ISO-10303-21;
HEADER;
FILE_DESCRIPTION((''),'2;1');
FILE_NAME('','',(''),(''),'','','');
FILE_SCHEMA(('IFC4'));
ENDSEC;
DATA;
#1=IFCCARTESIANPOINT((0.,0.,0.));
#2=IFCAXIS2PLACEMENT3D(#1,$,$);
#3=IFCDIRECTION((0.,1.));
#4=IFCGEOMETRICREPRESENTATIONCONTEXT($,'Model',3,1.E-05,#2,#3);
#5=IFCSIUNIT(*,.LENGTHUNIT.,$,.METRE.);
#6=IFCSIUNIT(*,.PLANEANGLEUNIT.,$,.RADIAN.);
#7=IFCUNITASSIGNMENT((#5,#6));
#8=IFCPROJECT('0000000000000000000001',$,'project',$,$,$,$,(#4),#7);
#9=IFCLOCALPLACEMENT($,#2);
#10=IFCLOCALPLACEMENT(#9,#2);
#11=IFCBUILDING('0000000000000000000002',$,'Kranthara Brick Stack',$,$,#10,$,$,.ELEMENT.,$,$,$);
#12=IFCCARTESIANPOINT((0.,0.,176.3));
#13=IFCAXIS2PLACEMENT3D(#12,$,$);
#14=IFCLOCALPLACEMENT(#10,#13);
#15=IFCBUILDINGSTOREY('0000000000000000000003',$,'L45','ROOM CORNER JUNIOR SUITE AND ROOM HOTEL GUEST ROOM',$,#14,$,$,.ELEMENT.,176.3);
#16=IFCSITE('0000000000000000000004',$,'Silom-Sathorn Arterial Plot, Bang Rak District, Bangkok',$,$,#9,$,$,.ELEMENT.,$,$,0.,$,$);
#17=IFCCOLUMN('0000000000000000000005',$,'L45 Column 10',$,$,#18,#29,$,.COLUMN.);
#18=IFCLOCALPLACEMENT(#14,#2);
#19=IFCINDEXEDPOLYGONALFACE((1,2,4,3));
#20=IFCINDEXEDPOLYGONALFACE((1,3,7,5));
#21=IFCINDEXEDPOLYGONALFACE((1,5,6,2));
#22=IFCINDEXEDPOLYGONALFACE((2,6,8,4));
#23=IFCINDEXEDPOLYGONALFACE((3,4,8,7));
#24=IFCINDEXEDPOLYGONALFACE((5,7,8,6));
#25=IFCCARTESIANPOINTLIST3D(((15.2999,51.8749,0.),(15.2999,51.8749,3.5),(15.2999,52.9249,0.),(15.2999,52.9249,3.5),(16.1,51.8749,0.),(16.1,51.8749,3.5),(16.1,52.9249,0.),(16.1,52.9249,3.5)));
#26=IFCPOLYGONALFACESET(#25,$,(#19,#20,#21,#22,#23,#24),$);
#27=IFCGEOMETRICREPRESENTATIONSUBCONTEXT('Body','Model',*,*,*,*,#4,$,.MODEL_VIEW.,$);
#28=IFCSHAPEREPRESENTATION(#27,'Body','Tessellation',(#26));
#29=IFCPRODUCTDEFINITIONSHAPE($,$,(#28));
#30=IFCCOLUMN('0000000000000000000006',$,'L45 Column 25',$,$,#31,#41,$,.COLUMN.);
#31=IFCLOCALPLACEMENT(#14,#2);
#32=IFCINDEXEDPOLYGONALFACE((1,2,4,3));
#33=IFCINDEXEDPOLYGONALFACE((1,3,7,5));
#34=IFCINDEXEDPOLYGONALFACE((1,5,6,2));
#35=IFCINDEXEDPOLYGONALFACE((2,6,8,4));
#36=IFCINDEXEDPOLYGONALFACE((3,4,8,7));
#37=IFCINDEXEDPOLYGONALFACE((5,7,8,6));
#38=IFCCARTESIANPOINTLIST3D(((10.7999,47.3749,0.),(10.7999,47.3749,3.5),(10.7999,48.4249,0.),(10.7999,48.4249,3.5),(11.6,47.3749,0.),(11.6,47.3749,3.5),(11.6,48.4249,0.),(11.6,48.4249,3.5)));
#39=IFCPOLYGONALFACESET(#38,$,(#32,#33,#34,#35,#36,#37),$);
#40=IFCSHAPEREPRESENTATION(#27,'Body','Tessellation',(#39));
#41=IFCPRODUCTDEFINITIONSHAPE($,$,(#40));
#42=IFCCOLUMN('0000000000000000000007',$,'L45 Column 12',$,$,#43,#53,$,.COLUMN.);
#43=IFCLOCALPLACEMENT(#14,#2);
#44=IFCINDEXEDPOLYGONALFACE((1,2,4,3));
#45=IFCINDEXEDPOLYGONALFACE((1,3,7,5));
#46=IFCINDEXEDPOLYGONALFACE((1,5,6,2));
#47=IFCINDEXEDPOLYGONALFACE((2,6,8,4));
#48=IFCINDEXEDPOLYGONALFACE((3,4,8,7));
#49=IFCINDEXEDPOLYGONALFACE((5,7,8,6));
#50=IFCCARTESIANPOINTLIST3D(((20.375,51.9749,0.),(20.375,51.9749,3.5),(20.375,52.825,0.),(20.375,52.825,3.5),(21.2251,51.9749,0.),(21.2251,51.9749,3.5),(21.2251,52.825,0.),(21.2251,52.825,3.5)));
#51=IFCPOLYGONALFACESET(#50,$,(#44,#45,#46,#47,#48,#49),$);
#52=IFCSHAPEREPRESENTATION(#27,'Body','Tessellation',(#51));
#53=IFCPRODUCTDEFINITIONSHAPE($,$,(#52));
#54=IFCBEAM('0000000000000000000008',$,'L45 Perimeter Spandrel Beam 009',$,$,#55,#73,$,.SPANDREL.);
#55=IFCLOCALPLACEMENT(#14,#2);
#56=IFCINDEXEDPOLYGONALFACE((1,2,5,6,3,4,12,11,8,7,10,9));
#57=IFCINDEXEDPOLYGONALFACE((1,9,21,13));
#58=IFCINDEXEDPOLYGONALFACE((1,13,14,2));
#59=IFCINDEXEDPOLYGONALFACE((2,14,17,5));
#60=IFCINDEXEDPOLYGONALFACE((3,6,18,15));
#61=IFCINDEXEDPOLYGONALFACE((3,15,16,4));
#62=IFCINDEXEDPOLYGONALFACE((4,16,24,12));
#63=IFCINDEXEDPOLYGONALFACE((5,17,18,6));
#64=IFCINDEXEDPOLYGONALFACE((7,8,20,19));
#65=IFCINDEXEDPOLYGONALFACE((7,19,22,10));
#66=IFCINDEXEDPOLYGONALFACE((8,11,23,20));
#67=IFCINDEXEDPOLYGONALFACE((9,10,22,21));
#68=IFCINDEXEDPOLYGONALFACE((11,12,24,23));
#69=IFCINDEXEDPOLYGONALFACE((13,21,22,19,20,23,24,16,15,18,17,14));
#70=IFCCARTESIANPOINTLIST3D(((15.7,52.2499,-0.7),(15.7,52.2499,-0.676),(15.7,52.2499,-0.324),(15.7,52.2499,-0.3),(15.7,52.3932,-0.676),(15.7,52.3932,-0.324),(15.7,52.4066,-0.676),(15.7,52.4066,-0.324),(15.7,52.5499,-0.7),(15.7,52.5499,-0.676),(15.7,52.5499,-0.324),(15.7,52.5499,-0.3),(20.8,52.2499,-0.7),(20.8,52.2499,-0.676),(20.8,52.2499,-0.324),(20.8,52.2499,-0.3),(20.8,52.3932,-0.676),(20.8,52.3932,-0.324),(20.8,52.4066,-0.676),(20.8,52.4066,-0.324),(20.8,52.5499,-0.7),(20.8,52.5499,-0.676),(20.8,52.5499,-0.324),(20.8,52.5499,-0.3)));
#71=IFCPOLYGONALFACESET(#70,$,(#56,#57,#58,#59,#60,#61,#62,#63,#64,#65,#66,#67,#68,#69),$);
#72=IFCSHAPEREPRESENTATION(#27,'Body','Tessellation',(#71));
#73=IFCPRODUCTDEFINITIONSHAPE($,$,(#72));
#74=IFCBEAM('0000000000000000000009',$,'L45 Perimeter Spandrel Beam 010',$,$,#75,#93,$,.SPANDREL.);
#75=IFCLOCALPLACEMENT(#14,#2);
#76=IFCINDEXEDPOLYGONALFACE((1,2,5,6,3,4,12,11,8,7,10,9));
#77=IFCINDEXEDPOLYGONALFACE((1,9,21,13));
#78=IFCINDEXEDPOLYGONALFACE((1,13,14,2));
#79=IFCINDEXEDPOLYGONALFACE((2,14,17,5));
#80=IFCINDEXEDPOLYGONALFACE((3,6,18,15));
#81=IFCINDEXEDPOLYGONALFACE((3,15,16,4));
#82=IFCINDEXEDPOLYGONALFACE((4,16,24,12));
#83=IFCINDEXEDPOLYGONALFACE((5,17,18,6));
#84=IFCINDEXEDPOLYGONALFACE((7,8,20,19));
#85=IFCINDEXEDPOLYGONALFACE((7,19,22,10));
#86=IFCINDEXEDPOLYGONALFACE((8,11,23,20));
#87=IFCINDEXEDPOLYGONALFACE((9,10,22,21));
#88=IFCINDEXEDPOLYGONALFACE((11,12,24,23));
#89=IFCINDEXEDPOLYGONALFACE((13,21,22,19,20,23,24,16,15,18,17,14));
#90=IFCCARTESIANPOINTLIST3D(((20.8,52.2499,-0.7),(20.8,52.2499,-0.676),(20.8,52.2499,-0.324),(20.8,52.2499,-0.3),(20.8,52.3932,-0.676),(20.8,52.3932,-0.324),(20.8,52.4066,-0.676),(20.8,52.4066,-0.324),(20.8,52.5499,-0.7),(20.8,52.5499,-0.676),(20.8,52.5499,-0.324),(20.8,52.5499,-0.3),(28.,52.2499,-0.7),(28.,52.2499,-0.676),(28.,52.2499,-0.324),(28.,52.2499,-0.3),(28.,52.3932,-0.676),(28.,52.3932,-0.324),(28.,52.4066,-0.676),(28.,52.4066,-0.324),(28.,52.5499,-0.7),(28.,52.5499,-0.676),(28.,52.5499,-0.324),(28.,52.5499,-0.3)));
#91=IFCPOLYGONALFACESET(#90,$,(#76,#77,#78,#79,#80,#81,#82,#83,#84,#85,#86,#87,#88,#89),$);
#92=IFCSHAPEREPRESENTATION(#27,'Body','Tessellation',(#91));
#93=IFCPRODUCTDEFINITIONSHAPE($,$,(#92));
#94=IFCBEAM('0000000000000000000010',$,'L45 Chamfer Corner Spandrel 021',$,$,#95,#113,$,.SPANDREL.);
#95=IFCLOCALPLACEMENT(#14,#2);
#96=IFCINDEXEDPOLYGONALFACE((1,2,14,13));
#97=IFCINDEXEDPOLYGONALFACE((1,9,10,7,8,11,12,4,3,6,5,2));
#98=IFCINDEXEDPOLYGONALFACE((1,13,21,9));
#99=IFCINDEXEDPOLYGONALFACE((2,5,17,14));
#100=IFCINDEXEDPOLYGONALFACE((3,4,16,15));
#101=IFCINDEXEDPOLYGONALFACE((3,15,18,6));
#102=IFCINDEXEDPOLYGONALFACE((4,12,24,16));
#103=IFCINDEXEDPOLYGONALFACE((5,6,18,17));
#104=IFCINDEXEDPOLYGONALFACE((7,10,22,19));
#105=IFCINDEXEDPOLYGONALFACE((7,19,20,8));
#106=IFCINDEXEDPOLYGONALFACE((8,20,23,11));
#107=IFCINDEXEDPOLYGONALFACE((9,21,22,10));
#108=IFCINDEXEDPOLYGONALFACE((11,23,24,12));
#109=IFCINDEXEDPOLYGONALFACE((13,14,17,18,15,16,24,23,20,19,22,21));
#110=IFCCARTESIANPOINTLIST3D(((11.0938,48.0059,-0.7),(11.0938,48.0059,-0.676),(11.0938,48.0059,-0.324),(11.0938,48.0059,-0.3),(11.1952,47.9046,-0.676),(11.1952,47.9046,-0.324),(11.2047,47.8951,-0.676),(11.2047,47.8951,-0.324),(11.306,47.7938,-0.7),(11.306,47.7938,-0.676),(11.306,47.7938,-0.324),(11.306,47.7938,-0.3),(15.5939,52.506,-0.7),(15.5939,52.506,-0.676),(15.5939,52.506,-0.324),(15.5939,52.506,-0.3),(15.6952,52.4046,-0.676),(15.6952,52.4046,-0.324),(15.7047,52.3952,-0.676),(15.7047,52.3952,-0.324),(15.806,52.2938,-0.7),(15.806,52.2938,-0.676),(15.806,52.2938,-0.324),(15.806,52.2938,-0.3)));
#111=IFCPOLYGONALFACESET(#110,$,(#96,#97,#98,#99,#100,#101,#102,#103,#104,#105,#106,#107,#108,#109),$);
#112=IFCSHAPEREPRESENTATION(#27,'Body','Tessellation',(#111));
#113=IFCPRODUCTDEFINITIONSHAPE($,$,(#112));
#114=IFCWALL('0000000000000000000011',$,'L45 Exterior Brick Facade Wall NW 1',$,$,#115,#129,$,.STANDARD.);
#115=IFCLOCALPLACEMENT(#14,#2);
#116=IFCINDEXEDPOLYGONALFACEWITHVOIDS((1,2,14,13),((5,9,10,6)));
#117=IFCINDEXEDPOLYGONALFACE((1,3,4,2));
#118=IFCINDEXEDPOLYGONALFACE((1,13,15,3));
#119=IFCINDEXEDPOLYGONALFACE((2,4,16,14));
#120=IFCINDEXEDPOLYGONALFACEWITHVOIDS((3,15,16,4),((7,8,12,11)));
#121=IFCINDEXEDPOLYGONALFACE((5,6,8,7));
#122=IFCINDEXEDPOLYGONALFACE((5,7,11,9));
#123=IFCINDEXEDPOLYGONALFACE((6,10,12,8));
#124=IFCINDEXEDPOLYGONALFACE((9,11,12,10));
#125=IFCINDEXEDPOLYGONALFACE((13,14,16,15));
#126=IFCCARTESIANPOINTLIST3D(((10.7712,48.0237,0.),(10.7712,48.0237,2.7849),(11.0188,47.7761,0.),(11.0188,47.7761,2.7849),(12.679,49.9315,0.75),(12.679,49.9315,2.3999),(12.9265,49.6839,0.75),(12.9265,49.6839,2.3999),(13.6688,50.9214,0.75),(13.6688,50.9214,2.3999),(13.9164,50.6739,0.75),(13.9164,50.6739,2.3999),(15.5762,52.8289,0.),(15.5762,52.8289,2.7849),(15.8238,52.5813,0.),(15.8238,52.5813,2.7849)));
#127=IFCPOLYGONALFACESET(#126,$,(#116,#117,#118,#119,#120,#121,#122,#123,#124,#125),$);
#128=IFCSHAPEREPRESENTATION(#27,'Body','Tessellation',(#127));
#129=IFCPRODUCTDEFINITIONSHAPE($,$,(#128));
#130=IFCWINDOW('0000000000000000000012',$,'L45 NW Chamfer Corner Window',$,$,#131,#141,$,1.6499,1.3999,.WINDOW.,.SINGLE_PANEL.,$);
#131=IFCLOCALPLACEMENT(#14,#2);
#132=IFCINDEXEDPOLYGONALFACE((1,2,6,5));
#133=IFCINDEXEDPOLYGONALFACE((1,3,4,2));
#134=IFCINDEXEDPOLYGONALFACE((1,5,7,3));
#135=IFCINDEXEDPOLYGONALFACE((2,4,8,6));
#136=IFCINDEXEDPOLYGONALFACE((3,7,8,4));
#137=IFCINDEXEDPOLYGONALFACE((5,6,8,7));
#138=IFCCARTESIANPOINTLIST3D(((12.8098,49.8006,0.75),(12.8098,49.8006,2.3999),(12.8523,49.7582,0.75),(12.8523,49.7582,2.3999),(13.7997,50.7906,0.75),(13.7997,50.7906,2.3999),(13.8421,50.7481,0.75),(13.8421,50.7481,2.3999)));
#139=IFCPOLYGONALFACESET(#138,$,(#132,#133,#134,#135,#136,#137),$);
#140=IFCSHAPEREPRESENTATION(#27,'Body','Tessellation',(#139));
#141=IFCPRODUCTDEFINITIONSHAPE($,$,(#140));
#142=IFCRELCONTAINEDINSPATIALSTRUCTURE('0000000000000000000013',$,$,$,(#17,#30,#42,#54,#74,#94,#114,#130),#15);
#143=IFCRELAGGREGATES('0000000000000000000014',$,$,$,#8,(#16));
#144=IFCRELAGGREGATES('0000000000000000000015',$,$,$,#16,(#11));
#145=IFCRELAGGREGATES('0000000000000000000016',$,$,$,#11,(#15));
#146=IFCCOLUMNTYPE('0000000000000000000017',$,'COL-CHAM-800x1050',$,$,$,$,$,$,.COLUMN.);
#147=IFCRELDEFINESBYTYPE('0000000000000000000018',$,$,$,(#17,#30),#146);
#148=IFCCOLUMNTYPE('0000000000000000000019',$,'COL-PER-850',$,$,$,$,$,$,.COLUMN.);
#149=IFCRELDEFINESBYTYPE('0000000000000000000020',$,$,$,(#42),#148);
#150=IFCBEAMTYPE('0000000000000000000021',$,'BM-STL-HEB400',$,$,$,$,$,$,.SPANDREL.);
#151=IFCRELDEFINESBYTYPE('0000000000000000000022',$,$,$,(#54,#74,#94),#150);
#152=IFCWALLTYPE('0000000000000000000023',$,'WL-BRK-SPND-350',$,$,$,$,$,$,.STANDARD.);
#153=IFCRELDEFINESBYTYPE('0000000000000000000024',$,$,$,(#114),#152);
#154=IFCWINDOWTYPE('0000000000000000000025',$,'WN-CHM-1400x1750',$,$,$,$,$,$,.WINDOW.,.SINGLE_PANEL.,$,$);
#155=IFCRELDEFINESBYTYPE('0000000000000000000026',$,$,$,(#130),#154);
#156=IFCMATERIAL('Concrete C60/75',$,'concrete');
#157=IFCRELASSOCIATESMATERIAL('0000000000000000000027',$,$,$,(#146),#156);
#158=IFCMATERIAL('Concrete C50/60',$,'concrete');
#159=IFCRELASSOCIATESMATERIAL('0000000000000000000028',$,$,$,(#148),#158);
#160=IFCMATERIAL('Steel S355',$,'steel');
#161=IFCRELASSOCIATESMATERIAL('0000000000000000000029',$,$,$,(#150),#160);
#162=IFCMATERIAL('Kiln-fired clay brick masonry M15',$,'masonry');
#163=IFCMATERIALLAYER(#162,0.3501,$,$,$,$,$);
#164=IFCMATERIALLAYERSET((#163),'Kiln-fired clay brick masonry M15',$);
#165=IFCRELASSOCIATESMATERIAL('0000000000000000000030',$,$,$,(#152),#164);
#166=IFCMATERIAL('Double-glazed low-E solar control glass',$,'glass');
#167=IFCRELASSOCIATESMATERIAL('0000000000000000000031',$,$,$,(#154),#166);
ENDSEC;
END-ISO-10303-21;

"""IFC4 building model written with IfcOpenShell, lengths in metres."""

from ifc_helpers import new_model, si_unit, direction, frame, frame_2d, origin, origin_2d, place, context, subcontext, project, spatial, rectangle, i_section, extrude, material, layer, layer_set, material_profile, profile_set, type_object, element, fill, save


model = new_model("IFC4")

# Units and contexts
model_context = context("Model", 3, precision=1e-05, world=origin(), true_north=direction((0.0, 1.0)))
body_context = subcontext(model_context, "Body", "Model", "MODEL_VIEW")
ifc_project = project(units=[si_unit("LENGTHUNIT", "METRE"), si_unit("PLANEANGLEUNIT", "RADIAN")], contexts=[model_context])

# Site, building, storey
site_placement = place(None, origin())
site = spatial("IfcSite", under=ifc_project, at=site_placement, Name="Silom-Sathorn Arterial Plot, Bang Rak District, Bangkok", CompositionType="ELEMENT", RefElevation=0.0)
building_placement = place(site_placement, origin())
building = spatial("IfcBuilding", under=site, at=building_placement, Name="Kranthara Brick Stack", CompositionType="ELEMENT")
storey_placement = place(building_placement, frame((0.0, 0.0, 176.3)))
storey = spatial("IfcBuildingStorey", under=building, at=storey_placement, Name="L45", Description="ROOM CORNER JUNIOR SUITE AND ROOM HOTEL GUEST ROOM", CompositionType="ELEMENT", Elevation=176.3)

# Columns
ifc_material_1 = material(Name="Concrete C60/75", Category="concrete")
ifc_material_profile_1 = material_profile(ifc_material_1, rectangle(XDim=0.8, YDim=1.05, at=origin_2d()), Name="RC 800x1050")
ifc_profile_set_1 = profile_set([ifc_material_profile_1], Name="Concrete C60/75")
column_type_1 = type_object("IfcColumnType", Name="COL-CHAM-800x1050", PredefinedType="COLUMN", material=ifc_profile_set_1)
for number, where, z_axis, x_axis, name in (
    (1, (15.7, 52.3999, 0.0), (0.0, 0.0, 1.0), (1.0, 0.0, 0.0), "L45 Column 10"),
    (2, (11.2, 47.8999, 0.0), (0.0, 0.0, 1.0), (1.0, 0.0, 0.0), "L45 Column 25"),
):
    element("IfcColumn", number, at=place(storey_placement, frame(where, z_axis=z_axis, x_axis=x_axis)), inside=storey, type_object=column_type_1, Name=name, PredefinedType="COLUMN", context=body_context, shape_type="SweptSolid", body=[
        extrude(rectangle(XDim=0.8, YDim=1.05, at=origin_2d()), origin(), (0.0, 0.0, 1.0), 3.5),
    ])
ifc_material_2 = material(Name="Concrete C50/60", Category="concrete")
ifc_material_profile_2 = material_profile(ifc_material_2, rectangle(XDim=0.8501, YDim=0.8501, at=origin_2d()), Name="RC 850x850")
ifc_profile_set_2 = profile_set([ifc_material_profile_2], Name="Concrete C50/60")
column_type_2 = type_object("IfcColumnType", Name="COL-PER-850", PredefinedType="COLUMN", material=ifc_profile_set_2)
column_placement = place(storey_placement, frame((20.8, 52.3999, 0.0), z_axis=(0.0, 0.0, 1.0), x_axis=(1.0, 0.0, 0.0)))
element("IfcColumn", 3, at=column_placement, inside=storey, type_object=column_type_2, Name="L45 Column 12", PredefinedType="COLUMN", context=body_context, shape_type="SweptSolid", body=[
    extrude(rectangle(XDim=0.8501, YDim=0.8501, at=origin_2d()), origin(), (0.0, 0.0, 1.0), 3.5),
])

# Beams
ifc_material_3 = material(Name="Steel S355", Category="steel")
ifc_material_profile_3 = material_profile(ifc_material_3, i_section(OverallWidth=0.3, OverallDepth=0.3999, WebThickness=0.0134, FlangeThickness=0.0239, at=origin_2d()), Name="HEB 400")
ifc_profile_set_3 = profile_set([ifc_material_profile_3], Name="Steel S355")
beam_type = type_object("IfcBeamType", Name="BM-STL-HEB400", PredefinedType="SPANDREL", material=ifc_profile_set_3)
beam_1_placement = place(storey_placement, frame((15.7, 52.3999, -0.5), z_axis=(1.0, 0.0, 0.0), x_axis=(0.0, 1.0, 0.0)))
element("IfcBeam", 4, at=beam_1_placement, inside=storey, type_object=beam_type, Name="L45 Perimeter Spandrel Beam 009", PredefinedType="SPANDREL", context=body_context, shape_type="SweptSolid", body=[
    extrude(i_section(OverallWidth=0.3, OverallDepth=0.3999, WebThickness=0.0134, FlangeThickness=0.0239, at=origin_2d()), origin(), (0.0, 0.0, 1.0), 5.1001),
])
beam_2_placement = place(storey_placement, frame((20.8, 52.3999, -0.5), z_axis=(1.0, 0.0, 0.0), x_axis=(0.0, 1.0, 0.0)))
element("IfcBeam", 5, at=beam_2_placement, inside=storey, type_object=beam_type, Name="L45 Perimeter Spandrel Beam 010", PredefinedType="SPANDREL", context=body_context, shape_type="SweptSolid", body=[
    extrude(i_section(OverallWidth=0.3, OverallDepth=0.3999, WebThickness=0.0134, FlangeThickness=0.0239, at=origin_2d()), origin(), (0.0, 0.0, 1.0), 7.2),
])
beam_3_placement = place(storey_placement, frame((15.7, 52.3999, -0.5), z_axis=(-0.707107, -0.707107, 0.0), x_axis=(0.707107, -0.707107, 0.0)))
element("IfcBeam", 6, at=beam_3_placement, inside=storey, type_object=beam_type, Name="L45 Chamfer Corner Spandrel 021", PredefinedType="SPANDREL", context=body_context, shape_type="SweptSolid", body=[
    extrude(i_section(OverallWidth=0.3, OverallDepth=0.3999, WebThickness=0.0134, FlangeThickness=0.0239, at=origin_2d()), origin(), (0.0, 0.0, 1.0), 6.364),
])

# Wall, opening, window
ifc_material_4 = material(Name="Kiln-fired clay brick masonry M15", Category="masonry")
ifc_layer_1 = layer(ifc_material_4, 0.3501)
ifc_layer_set_1 = layer_set([ifc_layer_1], Name="Kiln-fired clay brick masonry M15")
wall_type_1 = type_object("IfcWallType", Name="WL-BRK-SPND-350", PredefinedType="STANDARD", material=ifc_layer_set_1)
wall_1_placement = place(storey_placement, frame((10.895, 47.8999, 0.0), z_axis=(0.0, 0.0, 1.0), x_axis=(0.707089, 0.707125, 0.0)))
wall_1 = element("IfcWall", 7, at=wall_1_placement, inside=storey, type_object=wall_type_1, Name="L45 Exterior Brick Facade Wall NW 1", PredefinedType="STANDARD", context=body_context, shape_type="SweptSolid", body=[
    extrude(rectangle(XDim=6.7954, YDim=0.3501, at=frame_2d((3.3977, 0.0))), origin(), (0.0, 0.0, 1.0), 2.7849),
])
opening_1_placement = place(wall_1_placement, frame((2.698, 0.0, 0.75)))
opening_1 = element("IfcOpeningElement", 8, at=opening_1_placement, cuts=wall_1, PredefinedType="OPENING", context=body_context, shape_type="SweptSolid", body=[
    extrude(rectangle(XDim=1.3999, YDim=1.6499, at=frame_2d((0.7, 0.825))), frame((0.0, 0.1851, 0.0), z_axis=(0.0, -1.0, 0.0), x_axis=(1.0, 0.0, 0.0)), (0.0, 0.0, 1.0), 0.3701),
])
ifc_material_5 = material(Name="Double-glazed low-E solar control glass", Category="glass")
window_type_1 = type_object("IfcWindowType", Name="WN-CHM-1400x1750", PartitioningType="SINGLE_PANEL", PredefinedType="WINDOW", material=ifc_material_5)
window_1_placement = place(opening_1_placement, origin())
window_1 = element("IfcWindow", 9, at=window_1_placement, inside=storey, type_object=window_type_1, Name="L45 NW Chamfer Corner Window", OverallHeight=1.6499, OverallWidth=1.3999, PartitioningType="SINGLE_PANEL", PredefinedType="WINDOW", context=body_context, shape_type="SweptSolid", body=[
    extrude(rectangle(XDim=1.3999, YDim=1.6499, at=frame_2d((0.7, 0.825))), frame((0.0, -0.01, 0.0), z_axis=(0.0, -1.0, 0.0), x_axis=(1.0, 0.0, 0.0)), (0.0, 0.0, 1.0), 0.0601),
])
fill(opening_1, window_1)

save(model, "model.ifc")
